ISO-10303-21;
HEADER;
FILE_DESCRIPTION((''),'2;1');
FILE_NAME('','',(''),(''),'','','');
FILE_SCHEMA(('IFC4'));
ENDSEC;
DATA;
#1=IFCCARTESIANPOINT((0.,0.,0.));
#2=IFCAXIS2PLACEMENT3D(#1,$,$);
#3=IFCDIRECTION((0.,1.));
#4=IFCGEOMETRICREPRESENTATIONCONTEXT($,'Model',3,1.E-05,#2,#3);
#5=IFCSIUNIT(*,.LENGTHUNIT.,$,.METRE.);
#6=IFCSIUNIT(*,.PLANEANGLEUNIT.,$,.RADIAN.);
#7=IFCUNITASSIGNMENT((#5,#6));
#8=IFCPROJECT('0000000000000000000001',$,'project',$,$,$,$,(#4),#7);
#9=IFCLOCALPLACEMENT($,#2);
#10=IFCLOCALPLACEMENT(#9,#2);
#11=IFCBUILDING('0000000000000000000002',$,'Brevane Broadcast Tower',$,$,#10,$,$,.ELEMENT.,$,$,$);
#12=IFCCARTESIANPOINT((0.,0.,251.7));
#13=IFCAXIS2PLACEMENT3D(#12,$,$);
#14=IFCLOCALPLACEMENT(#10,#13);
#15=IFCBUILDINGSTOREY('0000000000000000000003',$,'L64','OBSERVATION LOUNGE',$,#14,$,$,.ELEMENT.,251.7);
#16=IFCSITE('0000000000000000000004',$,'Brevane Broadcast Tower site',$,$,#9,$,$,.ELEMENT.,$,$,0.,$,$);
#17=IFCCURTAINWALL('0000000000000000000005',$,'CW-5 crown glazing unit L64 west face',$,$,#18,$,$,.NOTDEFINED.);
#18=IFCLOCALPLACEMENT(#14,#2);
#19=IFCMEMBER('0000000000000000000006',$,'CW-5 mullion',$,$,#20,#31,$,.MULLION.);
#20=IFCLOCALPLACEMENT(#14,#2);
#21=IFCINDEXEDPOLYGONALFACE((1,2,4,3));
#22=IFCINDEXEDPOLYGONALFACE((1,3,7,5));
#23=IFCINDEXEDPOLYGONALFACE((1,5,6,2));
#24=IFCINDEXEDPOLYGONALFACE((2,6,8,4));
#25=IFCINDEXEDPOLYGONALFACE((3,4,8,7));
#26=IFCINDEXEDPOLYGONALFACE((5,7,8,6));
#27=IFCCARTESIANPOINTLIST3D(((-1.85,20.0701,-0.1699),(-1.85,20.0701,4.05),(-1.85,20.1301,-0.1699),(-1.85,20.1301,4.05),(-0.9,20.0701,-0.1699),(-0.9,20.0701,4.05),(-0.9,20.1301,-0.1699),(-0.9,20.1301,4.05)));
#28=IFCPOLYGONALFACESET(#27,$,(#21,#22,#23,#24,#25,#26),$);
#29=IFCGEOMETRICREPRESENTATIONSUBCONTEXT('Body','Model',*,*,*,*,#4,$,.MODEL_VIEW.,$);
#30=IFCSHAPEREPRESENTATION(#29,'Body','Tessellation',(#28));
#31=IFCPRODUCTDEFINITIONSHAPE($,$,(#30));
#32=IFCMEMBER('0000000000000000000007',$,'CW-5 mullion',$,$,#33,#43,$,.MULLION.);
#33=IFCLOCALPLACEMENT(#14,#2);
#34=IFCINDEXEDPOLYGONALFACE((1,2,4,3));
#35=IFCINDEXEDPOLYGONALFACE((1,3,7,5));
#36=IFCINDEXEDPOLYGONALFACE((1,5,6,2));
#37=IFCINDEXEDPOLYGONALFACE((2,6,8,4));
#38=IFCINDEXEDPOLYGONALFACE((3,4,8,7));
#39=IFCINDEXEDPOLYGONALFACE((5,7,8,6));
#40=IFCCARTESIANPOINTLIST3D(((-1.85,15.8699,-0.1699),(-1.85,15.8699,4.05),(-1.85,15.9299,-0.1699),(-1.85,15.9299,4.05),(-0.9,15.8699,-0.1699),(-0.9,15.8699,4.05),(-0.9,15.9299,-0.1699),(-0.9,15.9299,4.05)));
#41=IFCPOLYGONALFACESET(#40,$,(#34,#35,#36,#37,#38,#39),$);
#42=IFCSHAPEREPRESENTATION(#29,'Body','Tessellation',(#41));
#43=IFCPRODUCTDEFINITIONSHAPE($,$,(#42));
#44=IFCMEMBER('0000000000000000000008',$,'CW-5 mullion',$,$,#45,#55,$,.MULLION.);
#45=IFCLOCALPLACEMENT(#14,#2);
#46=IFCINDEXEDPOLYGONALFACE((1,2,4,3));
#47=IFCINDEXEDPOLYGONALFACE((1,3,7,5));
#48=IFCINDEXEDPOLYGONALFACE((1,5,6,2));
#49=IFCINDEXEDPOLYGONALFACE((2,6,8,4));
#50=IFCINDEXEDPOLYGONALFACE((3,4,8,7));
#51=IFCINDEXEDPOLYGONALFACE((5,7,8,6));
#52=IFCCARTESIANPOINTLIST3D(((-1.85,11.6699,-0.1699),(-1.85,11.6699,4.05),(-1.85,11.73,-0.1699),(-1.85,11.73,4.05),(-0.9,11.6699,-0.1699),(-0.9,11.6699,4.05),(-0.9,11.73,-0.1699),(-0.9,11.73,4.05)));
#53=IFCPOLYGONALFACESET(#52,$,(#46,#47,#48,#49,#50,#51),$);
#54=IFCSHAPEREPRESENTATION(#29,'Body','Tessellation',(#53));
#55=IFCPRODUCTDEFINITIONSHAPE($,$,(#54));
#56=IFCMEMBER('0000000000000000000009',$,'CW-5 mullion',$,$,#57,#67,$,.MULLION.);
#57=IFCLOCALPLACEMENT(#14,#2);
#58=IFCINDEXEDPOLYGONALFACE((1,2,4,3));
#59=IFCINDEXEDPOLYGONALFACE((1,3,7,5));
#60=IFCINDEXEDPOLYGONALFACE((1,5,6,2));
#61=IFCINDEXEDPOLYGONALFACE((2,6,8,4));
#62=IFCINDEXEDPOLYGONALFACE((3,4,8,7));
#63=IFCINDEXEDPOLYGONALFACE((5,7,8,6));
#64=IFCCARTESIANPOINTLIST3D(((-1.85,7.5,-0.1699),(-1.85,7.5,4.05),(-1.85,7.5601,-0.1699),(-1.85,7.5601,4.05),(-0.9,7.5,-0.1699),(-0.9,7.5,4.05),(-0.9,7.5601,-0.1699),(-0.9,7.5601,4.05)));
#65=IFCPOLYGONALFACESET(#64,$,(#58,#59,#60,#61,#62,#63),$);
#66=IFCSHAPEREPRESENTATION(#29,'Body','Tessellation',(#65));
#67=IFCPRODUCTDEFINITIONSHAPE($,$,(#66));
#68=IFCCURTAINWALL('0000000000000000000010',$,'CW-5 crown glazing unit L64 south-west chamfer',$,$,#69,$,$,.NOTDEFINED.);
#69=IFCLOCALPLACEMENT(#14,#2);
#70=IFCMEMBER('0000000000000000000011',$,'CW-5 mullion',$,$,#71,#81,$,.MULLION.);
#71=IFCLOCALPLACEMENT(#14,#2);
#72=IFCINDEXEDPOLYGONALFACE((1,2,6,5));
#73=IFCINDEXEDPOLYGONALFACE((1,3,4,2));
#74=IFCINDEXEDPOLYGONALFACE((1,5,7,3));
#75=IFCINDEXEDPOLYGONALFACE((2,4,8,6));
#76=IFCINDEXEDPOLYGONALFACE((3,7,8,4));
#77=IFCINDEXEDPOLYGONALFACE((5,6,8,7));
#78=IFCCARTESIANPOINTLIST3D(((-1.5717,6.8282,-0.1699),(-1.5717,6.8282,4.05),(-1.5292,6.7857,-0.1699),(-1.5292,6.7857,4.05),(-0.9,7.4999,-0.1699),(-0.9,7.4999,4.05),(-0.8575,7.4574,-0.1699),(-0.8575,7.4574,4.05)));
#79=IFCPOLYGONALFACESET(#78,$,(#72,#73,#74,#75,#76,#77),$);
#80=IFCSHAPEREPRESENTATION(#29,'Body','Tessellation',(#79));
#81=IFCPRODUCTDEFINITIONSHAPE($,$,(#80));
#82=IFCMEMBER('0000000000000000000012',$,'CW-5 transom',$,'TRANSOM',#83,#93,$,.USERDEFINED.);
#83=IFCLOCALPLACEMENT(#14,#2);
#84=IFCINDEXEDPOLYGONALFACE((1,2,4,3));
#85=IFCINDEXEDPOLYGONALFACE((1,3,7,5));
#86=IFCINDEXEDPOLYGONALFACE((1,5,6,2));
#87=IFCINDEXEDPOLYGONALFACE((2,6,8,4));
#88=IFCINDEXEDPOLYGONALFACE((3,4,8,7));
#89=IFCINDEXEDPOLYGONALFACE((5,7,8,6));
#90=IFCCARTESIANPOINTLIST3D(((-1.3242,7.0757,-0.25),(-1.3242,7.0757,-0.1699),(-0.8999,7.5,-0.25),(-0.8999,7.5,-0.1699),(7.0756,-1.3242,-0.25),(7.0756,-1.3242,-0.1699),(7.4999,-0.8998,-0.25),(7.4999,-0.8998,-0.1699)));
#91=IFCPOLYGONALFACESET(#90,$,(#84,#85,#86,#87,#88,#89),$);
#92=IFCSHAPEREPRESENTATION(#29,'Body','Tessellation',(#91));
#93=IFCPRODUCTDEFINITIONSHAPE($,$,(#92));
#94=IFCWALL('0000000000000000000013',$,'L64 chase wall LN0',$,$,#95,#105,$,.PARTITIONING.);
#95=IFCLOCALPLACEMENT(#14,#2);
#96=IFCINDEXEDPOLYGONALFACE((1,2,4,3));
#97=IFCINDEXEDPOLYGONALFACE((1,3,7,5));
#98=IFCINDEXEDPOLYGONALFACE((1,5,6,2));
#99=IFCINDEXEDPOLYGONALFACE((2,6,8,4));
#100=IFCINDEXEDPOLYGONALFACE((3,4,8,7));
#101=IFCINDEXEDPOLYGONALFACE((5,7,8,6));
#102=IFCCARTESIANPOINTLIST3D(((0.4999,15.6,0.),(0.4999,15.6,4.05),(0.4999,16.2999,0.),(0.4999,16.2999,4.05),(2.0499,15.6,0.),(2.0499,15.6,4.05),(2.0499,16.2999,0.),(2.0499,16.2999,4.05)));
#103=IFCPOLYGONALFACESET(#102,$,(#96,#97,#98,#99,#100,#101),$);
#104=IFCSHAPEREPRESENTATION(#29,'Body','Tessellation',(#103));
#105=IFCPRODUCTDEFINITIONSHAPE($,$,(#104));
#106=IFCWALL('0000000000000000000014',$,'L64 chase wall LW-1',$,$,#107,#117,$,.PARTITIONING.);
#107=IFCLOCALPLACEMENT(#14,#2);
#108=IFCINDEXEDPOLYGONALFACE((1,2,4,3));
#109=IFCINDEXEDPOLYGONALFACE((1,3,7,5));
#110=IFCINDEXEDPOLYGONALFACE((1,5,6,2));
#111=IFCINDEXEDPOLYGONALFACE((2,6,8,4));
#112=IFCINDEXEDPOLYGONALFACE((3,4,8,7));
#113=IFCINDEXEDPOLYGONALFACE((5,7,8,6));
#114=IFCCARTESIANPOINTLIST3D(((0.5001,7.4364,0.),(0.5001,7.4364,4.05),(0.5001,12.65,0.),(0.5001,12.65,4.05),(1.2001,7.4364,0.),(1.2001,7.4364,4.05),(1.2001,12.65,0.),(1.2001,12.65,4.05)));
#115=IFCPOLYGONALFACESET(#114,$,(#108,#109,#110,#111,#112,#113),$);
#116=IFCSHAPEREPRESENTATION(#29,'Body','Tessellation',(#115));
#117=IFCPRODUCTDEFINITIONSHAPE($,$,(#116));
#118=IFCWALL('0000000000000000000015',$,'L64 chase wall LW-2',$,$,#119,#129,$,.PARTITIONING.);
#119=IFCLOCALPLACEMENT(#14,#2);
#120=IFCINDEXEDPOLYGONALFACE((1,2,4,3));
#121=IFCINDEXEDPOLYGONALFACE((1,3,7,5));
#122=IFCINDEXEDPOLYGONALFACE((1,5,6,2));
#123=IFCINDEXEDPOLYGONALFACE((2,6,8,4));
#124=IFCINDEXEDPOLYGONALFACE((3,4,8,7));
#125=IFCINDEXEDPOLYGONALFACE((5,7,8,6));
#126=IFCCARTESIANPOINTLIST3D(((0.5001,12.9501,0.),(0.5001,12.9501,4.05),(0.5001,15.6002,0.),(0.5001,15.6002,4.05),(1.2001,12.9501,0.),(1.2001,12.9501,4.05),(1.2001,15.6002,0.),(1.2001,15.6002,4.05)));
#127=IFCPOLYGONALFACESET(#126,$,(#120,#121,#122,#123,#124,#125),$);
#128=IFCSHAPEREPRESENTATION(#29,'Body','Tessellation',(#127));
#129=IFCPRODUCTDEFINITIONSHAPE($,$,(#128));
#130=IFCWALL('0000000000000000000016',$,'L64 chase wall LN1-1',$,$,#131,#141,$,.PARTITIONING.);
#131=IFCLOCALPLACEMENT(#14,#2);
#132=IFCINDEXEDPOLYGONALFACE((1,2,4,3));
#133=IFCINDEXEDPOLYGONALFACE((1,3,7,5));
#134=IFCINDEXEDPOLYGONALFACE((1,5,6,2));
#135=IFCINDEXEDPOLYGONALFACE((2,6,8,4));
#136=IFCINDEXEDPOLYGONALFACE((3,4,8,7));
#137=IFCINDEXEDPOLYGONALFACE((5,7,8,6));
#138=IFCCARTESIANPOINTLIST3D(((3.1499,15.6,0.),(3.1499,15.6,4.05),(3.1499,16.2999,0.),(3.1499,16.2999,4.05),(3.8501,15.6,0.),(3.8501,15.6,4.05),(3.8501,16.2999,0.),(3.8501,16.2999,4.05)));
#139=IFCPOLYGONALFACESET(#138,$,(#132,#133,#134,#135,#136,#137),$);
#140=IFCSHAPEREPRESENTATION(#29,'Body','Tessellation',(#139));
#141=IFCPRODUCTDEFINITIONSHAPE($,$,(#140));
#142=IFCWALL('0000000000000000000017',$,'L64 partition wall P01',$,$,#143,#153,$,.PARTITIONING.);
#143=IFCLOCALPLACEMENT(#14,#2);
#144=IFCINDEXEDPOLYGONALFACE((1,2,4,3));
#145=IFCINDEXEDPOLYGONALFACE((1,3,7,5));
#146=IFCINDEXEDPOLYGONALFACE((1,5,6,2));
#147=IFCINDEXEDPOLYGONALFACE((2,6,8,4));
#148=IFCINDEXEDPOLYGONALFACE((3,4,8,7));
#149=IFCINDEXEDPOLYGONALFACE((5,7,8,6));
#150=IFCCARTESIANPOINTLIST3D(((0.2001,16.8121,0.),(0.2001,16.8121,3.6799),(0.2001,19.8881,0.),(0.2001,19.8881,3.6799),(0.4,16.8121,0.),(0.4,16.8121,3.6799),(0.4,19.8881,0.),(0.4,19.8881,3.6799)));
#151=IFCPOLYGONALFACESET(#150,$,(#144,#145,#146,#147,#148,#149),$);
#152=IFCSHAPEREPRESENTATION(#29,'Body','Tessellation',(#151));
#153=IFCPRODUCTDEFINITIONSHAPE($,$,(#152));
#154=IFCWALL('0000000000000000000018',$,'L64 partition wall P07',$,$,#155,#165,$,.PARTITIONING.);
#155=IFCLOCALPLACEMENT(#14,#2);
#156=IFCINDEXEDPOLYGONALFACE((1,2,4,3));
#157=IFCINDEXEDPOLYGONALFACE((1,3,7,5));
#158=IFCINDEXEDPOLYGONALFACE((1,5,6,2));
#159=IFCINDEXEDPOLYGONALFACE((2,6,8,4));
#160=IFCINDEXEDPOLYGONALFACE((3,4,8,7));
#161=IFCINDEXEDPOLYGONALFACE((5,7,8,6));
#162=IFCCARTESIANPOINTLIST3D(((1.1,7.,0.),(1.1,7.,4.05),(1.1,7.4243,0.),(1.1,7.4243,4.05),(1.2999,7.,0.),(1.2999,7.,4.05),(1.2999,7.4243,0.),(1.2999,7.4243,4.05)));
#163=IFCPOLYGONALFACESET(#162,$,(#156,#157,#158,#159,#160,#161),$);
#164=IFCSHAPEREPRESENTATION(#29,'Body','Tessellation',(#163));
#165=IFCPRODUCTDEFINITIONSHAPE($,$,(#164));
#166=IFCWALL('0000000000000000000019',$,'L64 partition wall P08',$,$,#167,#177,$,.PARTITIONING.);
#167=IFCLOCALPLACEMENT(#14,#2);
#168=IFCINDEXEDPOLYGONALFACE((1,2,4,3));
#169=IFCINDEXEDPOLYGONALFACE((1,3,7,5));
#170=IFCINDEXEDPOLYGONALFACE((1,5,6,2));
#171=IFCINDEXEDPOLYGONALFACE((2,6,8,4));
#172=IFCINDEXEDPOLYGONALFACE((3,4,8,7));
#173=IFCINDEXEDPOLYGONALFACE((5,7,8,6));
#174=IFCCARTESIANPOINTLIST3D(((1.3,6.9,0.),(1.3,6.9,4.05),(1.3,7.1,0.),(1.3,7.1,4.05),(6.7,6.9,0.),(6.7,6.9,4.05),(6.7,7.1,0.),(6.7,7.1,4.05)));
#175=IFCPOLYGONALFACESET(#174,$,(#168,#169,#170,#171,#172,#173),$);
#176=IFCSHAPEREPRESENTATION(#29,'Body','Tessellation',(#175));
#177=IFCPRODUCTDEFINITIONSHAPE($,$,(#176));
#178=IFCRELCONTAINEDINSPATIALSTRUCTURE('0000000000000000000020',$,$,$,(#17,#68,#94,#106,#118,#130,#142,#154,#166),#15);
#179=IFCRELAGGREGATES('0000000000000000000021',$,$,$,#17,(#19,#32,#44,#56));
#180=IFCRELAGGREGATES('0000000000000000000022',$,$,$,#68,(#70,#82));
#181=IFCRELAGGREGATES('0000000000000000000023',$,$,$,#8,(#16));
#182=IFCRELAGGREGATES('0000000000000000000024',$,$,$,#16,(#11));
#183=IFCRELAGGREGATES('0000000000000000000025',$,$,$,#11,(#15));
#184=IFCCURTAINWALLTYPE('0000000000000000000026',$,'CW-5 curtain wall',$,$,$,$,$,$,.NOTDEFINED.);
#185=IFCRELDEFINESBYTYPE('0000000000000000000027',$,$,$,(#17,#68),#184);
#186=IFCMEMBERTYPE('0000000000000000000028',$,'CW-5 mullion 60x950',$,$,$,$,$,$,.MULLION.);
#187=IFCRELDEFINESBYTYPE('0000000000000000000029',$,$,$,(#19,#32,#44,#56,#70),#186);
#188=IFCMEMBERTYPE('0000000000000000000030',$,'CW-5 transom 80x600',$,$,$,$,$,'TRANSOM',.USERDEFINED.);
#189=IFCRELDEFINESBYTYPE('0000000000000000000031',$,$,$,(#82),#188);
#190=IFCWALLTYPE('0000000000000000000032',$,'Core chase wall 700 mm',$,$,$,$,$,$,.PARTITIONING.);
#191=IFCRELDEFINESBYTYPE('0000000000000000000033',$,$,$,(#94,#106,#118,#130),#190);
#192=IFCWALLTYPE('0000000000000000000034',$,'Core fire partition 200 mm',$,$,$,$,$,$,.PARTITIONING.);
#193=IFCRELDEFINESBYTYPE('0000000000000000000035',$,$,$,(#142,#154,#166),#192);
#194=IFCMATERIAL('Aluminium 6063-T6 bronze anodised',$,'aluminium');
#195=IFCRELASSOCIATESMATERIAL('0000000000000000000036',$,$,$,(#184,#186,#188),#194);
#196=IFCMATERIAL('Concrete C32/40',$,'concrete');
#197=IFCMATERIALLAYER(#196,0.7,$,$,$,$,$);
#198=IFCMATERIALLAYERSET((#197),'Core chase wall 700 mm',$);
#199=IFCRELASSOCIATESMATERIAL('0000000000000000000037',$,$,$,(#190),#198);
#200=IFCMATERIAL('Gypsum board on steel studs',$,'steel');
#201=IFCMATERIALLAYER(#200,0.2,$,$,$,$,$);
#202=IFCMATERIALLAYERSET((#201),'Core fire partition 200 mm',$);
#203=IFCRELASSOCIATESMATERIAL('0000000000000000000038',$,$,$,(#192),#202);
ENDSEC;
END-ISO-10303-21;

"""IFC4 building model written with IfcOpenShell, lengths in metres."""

from ifc_helpers import new_model, si_unit, direction, frame, frame_2d, origin, origin_2d, place, context, subcontext, project, spatial, rectangle, extrude, material, layer, layer_set, material_profile, profile_set, type_object, element, aggregate, save


model = new_model("IFC4")

# Units and contexts
model_context = context("Model", 3, precision=1e-05, world=origin(), true_north=direction((0.0, 1.0)))
body_context = subcontext(model_context, "Body", "Model", "MODEL_VIEW")
ifc_project = project(units=[si_unit("LENGTHUNIT", "METRE"), si_unit("PLANEANGLEUNIT", "RADIAN")], contexts=[model_context])

# Site, building, storey
site_placement = place(None, origin())
site = spatial("IfcSite", under=ifc_project, at=site_placement, Name="Brevane Broadcast Tower site", CompositionType="ELEMENT", RefElevation=0.0)
building_placement = place(site_placement, origin())
building = spatial("IfcBuilding", under=site, at=building_placement, Name="Brevane Broadcast Tower", CompositionType="ELEMENT")
storey_placement = place(building_placement, frame((0.0, 0.0, 251.7)))
storey = spatial("IfcBuildingStorey", under=building, at=storey_placement, Name="L64", Description="OBSERVATION LOUNGE", CompositionType="ELEMENT", Elevation=251.7)

# Curtain walls, members
ifc_material_1 = material(Name="Aluminium 6063-T6 bronze anodised", Category="aluminium")
curtain_wall_type = type_object("IfcCurtainWallType", Name="CW-5 curtain wall", PredefinedType="NOTDEFINED", material=ifc_material_1)
curtain_wall_1_placement = place(storey_placement, origin())
curtain_wall_1 = element("IfcCurtainWall", 1, at=curtain_wall_1_placement, inside=storey, type_object=curtain_wall_type, Name="CW-5 crown glazing unit L64 west face", PredefinedType="NOTDEFINED")
ifc_material_profile_1 = material_profile(ifc_material_1, rectangle(XDim=0.95, YDim=0.0601, at=origin_2d()), Name="RECT 60x950")
ifc_profile_set_1 = profile_set([ifc_material_profile_1], Name="Aluminium 6063-T6 bronze anodised")
member_type_1 = type_object("IfcMemberType", Name="CW-5 mullion 60x950", PredefinedType="MULLION", material=ifc_profile_set_1)
member_1_placement = place(storey_placement, frame((-1.375, 20.1001, -0.1699), z_axis=(0.0, 0.0, 1.0), x_axis=(1.0, 0.0, 0.0)))
member_1 = element("IfcMember", 2, at=member_1_placement, type_object=member_type_1, Name="CW-5 mullion", PredefinedType="MULLION", context=body_context, shape_type="SweptSolid", body=[
    extrude(rectangle(XDim=0.95, YDim=0.0601, at=origin_2d()), origin(), (0.0, 0.0, 1.0), 4.22),
])
member_2_placement = place(storey_placement, frame((-1.375, 15.8999, -0.1699), z_axis=(0.0, 0.0, 1.0), x_axis=(1.0, 0.0, 0.0)))
member_2 = element("IfcMember", 3, at=member_2_placement, type_object=member_type_1, Name="CW-5 mullion", PredefinedType="MULLION", context=body_context, shape_type="SweptSolid", body=[
    extrude(rectangle(XDim=0.95, YDim=0.0601, at=origin_2d()), origin(), (0.0, 0.0, 1.0), 4.22),
])
member_3_placement = place(storey_placement, frame((-1.375, 11.7, -0.1699), z_axis=(0.0, 0.0, 1.0), x_axis=(1.0, 0.0, 0.0)))
member_3 = element("IfcMember", 4, at=member_3_placement, type_object=member_type_1, Name="CW-5 mullion", PredefinedType="MULLION", context=body_context, shape_type="SweptSolid", body=[
    extrude(rectangle(XDim=0.95, YDim=0.0601, at=origin_2d()), origin(), (0.0, 0.0, 1.0), 4.22),
])
member_4_placement = place(storey_placement, frame((-1.375, 7.53, -0.1699), z_axis=(0.0, 0.0, 1.0), x_axis=(1.0, 0.0, 0.0)))
member_4 = element("IfcMember", 5, at=member_4_placement, type_object=member_type_1, Name="CW-5 mullion", PredefinedType="MULLION", context=body_context, shape_type="SweptSolid", body=[
    extrude(rectangle(XDim=0.95, YDim=0.0601, at=origin_2d()), origin(), (0.0, 0.0, 1.0), 4.22),
])
aggregate(curtain_wall_1, [member_1, member_2, member_3, member_4])
curtain_wall_2_placement = place(storey_placement, origin())
curtain_wall_2 = element("IfcCurtainWall", 6, at=curtain_wall_2_placement, inside=storey, type_object=curtain_wall_type, Name="CW-5 crown glazing unit L64 south-west chamfer", PredefinedType="NOTDEFINED")
member_5_placement = place(storey_placement, frame((-1.2146, 7.1428, -0.1699), z_axis=(0.0, 0.0, 1.0), x_axis=(0.707107, 0.707107, 0.0)))
member_5 = element("IfcMember", 7, at=member_5_placement, type_object=member_type_1, Name="CW-5 mullion", PredefinedType="MULLION", context=body_context, shape_type="SweptSolid", body=[
    extrude(rectangle(XDim=0.95, YDim=0.0601, at=origin_2d()), origin(), (0.0, 0.0, 1.0), 4.22),
])
ifc_material_profile_2 = material_profile(ifc_material_1, rectangle(XDim=0.6001, YDim=0.0801, at=origin_2d()), Name="RECT 80x600")
ifc_profile_set_2 = profile_set([ifc_material_profile_2], Name="Aluminium 6063-T6 bronze anodised")
member_type_2 = type_object("IfcMemberType", Name="CW-5 transom 80x600", ElementType="TRANSOM", PredefinedType="USERDEFINED", material=ifc_profile_set_2)
member_6_placement = place(storey_placement, frame((-1.1121, 7.2878, -0.21), z_axis=(0.707107, -0.707107, 0.0), x_axis=(0.707107, 0.707107, 0.0)))
member_6 = element("IfcMember", 8, at=member_6_placement, type_object=member_type_2, Name="CW-5 transom", ObjectType="TRANSOM", PredefinedType="USERDEFINED", context=body_context, shape_type="SweptSolid", body=[
    extrude(rectangle(XDim=0.6001, YDim=0.0801, at=origin_2d()), origin(), (0.0, 0.0, 1.0), 11.8792),
])
aggregate(curtain_wall_2, [member_5, member_6])

# Walls
ifc_material_2 = material(Name="Concrete C32/40", Category="concrete")
ifc_layer_1 = layer(ifc_material_2, 0.7)
ifc_layer_set_1 = layer_set([ifc_layer_1], Name="Core chase wall 700 mm")
wall_type_1 = type_object("IfcWallType", Name="Core chase wall 700 mm", PredefinedType="PARTITIONING", material=ifc_layer_set_1)
wall_1_placement = place(storey_placement, frame((0.5, 15.95, 0.0), z_axis=(0.0, 0.0, 1.0), x_axis=(1.0, 0.0, 0.0)))
element("IfcWall", 9, at=wall_1_placement, inside=storey, type_object=wall_type_1, Name="L64 chase wall LN0", PredefinedType="PARTITIONING", context=body_context, shape_type="SweptSolid", body=[
    extrude(rectangle(XDim=1.55, YDim=0.7, at=frame_2d((0.7749, 0.0))), origin(), (0.0, 0.0, 1.0), 4.05),
])
wall_2_placement = place(storey_placement, frame((0.8501, 7.4363, 0.0), z_axis=(0.0, 0.0, 1.0), x_axis=(0.0, 1.0, 0.0)))
element("IfcWall", 10, at=wall_2_placement, inside=storey, type_object=wall_type_1, Name="L64 chase wall LW-1", PredefinedType="PARTITIONING", context=body_context, shape_type="SweptSolid", body=[
    extrude(rectangle(XDim=5.2136, YDim=0.7, at=frame_2d((2.6069, 0.0))), origin(), (0.0, 0.0, 1.0), 4.05),
])
wall_3_placement = place(storey_placement, frame((0.8501, 12.95, 0.0), z_axis=(0.0, 0.0, 1.0), x_axis=(0.0, 1.0, 0.0)))
element("IfcWall", 11, at=wall_3_placement, inside=storey, type_object=wall_type_1, Name="L64 chase wall LW-2", PredefinedType="PARTITIONING", context=body_context, shape_type="SweptSolid", body=[
    extrude(rectangle(XDim=2.6501, YDim=0.7, at=frame_2d((1.3252, 0.0))), origin(), (0.0, 0.0, 1.0), 4.05),
])
wall_4_placement = place(storey_placement, frame((3.1499, 15.95, 0.0), z_axis=(0.0, 0.0, 1.0), x_axis=(1.0, 0.0, 0.0)))
element("IfcWall", 12, at=wall_4_placement, inside=storey, type_object=wall_type_1, Name="L64 chase wall LN1-1", PredefinedType="PARTITIONING", context=body_context, shape_type="SweptSolid", body=[
    extrude(rectangle(XDim=0.7002, YDim=0.7, at=frame_2d((0.3501, 0.0))), origin(), (0.0, 0.0, 1.0), 4.05),
])
ifc_material_3 = material(Name="Gypsum board on steel studs", Category="steel")
ifc_layer_2 = layer(ifc_material_3, 0.2)
ifc_layer_set_2 = layer_set([ifc_layer_2], Name="Core fire partition 200 mm")
wall_type_2 = type_object("IfcWallType", Name="Core fire partition 200 mm", PredefinedType="PARTITIONING", material=ifc_layer_set_2)
wall_5_placement = place(storey_placement, frame((0.3, 16.812, 0.0), z_axis=(0.0, 0.0, 1.0), x_axis=(0.0, 1.0, 0.0)))
element("IfcWall", 13, at=wall_5_placement, inside=storey, type_object=wall_type_2, Name="L64 partition wall P01", PredefinedType="PARTITIONING", context=body_context, shape_type="SweptSolid", body=[
    extrude(rectangle(XDim=3.0759, YDim=0.2, at=frame_2d((1.5381, 0.0))), origin(), (0.0, 0.0, 1.0), 3.6799),
])
wall_6_placement = place(storey_placement, frame((1.2, 7.4243, 0.0), z_axis=(0.0, 0.0, 1.0), x_axis=(0.0, -1.0, 0.0)))
element("IfcWall", 14, at=wall_6_placement, inside=storey, type_object=wall_type_2, Name="L64 partition wall P07", PredefinedType="PARTITIONING", context=body_context, shape_type="SweptSolid", body=[
    extrude(rectangle(XDim=0.4243, YDim=0.2, at=frame_2d((0.2122, 0.0))), origin(), (0.0, 0.0, 1.0), 4.05),
])
wall_7_placement = place(storey_placement, frame((1.3, 7.0, 0.0), z_axis=(0.0, 0.0, 1.0), x_axis=(1.0, 0.0, 0.0)))
element("IfcWall", 15, at=wall_7_placement, inside=storey, type_object=wall_type_2, Name="L64 partition wall P08", PredefinedType="PARTITIONING", context=body_context, shape_type="SweptSolid", body=[
    extrude(rectangle(XDim=5.3999, YDim=0.2, at=frame_2d((2.7, 0.0))), origin(), (0.0, 0.0, 1.0), 4.05),
])

save(model, "model.ifc")
